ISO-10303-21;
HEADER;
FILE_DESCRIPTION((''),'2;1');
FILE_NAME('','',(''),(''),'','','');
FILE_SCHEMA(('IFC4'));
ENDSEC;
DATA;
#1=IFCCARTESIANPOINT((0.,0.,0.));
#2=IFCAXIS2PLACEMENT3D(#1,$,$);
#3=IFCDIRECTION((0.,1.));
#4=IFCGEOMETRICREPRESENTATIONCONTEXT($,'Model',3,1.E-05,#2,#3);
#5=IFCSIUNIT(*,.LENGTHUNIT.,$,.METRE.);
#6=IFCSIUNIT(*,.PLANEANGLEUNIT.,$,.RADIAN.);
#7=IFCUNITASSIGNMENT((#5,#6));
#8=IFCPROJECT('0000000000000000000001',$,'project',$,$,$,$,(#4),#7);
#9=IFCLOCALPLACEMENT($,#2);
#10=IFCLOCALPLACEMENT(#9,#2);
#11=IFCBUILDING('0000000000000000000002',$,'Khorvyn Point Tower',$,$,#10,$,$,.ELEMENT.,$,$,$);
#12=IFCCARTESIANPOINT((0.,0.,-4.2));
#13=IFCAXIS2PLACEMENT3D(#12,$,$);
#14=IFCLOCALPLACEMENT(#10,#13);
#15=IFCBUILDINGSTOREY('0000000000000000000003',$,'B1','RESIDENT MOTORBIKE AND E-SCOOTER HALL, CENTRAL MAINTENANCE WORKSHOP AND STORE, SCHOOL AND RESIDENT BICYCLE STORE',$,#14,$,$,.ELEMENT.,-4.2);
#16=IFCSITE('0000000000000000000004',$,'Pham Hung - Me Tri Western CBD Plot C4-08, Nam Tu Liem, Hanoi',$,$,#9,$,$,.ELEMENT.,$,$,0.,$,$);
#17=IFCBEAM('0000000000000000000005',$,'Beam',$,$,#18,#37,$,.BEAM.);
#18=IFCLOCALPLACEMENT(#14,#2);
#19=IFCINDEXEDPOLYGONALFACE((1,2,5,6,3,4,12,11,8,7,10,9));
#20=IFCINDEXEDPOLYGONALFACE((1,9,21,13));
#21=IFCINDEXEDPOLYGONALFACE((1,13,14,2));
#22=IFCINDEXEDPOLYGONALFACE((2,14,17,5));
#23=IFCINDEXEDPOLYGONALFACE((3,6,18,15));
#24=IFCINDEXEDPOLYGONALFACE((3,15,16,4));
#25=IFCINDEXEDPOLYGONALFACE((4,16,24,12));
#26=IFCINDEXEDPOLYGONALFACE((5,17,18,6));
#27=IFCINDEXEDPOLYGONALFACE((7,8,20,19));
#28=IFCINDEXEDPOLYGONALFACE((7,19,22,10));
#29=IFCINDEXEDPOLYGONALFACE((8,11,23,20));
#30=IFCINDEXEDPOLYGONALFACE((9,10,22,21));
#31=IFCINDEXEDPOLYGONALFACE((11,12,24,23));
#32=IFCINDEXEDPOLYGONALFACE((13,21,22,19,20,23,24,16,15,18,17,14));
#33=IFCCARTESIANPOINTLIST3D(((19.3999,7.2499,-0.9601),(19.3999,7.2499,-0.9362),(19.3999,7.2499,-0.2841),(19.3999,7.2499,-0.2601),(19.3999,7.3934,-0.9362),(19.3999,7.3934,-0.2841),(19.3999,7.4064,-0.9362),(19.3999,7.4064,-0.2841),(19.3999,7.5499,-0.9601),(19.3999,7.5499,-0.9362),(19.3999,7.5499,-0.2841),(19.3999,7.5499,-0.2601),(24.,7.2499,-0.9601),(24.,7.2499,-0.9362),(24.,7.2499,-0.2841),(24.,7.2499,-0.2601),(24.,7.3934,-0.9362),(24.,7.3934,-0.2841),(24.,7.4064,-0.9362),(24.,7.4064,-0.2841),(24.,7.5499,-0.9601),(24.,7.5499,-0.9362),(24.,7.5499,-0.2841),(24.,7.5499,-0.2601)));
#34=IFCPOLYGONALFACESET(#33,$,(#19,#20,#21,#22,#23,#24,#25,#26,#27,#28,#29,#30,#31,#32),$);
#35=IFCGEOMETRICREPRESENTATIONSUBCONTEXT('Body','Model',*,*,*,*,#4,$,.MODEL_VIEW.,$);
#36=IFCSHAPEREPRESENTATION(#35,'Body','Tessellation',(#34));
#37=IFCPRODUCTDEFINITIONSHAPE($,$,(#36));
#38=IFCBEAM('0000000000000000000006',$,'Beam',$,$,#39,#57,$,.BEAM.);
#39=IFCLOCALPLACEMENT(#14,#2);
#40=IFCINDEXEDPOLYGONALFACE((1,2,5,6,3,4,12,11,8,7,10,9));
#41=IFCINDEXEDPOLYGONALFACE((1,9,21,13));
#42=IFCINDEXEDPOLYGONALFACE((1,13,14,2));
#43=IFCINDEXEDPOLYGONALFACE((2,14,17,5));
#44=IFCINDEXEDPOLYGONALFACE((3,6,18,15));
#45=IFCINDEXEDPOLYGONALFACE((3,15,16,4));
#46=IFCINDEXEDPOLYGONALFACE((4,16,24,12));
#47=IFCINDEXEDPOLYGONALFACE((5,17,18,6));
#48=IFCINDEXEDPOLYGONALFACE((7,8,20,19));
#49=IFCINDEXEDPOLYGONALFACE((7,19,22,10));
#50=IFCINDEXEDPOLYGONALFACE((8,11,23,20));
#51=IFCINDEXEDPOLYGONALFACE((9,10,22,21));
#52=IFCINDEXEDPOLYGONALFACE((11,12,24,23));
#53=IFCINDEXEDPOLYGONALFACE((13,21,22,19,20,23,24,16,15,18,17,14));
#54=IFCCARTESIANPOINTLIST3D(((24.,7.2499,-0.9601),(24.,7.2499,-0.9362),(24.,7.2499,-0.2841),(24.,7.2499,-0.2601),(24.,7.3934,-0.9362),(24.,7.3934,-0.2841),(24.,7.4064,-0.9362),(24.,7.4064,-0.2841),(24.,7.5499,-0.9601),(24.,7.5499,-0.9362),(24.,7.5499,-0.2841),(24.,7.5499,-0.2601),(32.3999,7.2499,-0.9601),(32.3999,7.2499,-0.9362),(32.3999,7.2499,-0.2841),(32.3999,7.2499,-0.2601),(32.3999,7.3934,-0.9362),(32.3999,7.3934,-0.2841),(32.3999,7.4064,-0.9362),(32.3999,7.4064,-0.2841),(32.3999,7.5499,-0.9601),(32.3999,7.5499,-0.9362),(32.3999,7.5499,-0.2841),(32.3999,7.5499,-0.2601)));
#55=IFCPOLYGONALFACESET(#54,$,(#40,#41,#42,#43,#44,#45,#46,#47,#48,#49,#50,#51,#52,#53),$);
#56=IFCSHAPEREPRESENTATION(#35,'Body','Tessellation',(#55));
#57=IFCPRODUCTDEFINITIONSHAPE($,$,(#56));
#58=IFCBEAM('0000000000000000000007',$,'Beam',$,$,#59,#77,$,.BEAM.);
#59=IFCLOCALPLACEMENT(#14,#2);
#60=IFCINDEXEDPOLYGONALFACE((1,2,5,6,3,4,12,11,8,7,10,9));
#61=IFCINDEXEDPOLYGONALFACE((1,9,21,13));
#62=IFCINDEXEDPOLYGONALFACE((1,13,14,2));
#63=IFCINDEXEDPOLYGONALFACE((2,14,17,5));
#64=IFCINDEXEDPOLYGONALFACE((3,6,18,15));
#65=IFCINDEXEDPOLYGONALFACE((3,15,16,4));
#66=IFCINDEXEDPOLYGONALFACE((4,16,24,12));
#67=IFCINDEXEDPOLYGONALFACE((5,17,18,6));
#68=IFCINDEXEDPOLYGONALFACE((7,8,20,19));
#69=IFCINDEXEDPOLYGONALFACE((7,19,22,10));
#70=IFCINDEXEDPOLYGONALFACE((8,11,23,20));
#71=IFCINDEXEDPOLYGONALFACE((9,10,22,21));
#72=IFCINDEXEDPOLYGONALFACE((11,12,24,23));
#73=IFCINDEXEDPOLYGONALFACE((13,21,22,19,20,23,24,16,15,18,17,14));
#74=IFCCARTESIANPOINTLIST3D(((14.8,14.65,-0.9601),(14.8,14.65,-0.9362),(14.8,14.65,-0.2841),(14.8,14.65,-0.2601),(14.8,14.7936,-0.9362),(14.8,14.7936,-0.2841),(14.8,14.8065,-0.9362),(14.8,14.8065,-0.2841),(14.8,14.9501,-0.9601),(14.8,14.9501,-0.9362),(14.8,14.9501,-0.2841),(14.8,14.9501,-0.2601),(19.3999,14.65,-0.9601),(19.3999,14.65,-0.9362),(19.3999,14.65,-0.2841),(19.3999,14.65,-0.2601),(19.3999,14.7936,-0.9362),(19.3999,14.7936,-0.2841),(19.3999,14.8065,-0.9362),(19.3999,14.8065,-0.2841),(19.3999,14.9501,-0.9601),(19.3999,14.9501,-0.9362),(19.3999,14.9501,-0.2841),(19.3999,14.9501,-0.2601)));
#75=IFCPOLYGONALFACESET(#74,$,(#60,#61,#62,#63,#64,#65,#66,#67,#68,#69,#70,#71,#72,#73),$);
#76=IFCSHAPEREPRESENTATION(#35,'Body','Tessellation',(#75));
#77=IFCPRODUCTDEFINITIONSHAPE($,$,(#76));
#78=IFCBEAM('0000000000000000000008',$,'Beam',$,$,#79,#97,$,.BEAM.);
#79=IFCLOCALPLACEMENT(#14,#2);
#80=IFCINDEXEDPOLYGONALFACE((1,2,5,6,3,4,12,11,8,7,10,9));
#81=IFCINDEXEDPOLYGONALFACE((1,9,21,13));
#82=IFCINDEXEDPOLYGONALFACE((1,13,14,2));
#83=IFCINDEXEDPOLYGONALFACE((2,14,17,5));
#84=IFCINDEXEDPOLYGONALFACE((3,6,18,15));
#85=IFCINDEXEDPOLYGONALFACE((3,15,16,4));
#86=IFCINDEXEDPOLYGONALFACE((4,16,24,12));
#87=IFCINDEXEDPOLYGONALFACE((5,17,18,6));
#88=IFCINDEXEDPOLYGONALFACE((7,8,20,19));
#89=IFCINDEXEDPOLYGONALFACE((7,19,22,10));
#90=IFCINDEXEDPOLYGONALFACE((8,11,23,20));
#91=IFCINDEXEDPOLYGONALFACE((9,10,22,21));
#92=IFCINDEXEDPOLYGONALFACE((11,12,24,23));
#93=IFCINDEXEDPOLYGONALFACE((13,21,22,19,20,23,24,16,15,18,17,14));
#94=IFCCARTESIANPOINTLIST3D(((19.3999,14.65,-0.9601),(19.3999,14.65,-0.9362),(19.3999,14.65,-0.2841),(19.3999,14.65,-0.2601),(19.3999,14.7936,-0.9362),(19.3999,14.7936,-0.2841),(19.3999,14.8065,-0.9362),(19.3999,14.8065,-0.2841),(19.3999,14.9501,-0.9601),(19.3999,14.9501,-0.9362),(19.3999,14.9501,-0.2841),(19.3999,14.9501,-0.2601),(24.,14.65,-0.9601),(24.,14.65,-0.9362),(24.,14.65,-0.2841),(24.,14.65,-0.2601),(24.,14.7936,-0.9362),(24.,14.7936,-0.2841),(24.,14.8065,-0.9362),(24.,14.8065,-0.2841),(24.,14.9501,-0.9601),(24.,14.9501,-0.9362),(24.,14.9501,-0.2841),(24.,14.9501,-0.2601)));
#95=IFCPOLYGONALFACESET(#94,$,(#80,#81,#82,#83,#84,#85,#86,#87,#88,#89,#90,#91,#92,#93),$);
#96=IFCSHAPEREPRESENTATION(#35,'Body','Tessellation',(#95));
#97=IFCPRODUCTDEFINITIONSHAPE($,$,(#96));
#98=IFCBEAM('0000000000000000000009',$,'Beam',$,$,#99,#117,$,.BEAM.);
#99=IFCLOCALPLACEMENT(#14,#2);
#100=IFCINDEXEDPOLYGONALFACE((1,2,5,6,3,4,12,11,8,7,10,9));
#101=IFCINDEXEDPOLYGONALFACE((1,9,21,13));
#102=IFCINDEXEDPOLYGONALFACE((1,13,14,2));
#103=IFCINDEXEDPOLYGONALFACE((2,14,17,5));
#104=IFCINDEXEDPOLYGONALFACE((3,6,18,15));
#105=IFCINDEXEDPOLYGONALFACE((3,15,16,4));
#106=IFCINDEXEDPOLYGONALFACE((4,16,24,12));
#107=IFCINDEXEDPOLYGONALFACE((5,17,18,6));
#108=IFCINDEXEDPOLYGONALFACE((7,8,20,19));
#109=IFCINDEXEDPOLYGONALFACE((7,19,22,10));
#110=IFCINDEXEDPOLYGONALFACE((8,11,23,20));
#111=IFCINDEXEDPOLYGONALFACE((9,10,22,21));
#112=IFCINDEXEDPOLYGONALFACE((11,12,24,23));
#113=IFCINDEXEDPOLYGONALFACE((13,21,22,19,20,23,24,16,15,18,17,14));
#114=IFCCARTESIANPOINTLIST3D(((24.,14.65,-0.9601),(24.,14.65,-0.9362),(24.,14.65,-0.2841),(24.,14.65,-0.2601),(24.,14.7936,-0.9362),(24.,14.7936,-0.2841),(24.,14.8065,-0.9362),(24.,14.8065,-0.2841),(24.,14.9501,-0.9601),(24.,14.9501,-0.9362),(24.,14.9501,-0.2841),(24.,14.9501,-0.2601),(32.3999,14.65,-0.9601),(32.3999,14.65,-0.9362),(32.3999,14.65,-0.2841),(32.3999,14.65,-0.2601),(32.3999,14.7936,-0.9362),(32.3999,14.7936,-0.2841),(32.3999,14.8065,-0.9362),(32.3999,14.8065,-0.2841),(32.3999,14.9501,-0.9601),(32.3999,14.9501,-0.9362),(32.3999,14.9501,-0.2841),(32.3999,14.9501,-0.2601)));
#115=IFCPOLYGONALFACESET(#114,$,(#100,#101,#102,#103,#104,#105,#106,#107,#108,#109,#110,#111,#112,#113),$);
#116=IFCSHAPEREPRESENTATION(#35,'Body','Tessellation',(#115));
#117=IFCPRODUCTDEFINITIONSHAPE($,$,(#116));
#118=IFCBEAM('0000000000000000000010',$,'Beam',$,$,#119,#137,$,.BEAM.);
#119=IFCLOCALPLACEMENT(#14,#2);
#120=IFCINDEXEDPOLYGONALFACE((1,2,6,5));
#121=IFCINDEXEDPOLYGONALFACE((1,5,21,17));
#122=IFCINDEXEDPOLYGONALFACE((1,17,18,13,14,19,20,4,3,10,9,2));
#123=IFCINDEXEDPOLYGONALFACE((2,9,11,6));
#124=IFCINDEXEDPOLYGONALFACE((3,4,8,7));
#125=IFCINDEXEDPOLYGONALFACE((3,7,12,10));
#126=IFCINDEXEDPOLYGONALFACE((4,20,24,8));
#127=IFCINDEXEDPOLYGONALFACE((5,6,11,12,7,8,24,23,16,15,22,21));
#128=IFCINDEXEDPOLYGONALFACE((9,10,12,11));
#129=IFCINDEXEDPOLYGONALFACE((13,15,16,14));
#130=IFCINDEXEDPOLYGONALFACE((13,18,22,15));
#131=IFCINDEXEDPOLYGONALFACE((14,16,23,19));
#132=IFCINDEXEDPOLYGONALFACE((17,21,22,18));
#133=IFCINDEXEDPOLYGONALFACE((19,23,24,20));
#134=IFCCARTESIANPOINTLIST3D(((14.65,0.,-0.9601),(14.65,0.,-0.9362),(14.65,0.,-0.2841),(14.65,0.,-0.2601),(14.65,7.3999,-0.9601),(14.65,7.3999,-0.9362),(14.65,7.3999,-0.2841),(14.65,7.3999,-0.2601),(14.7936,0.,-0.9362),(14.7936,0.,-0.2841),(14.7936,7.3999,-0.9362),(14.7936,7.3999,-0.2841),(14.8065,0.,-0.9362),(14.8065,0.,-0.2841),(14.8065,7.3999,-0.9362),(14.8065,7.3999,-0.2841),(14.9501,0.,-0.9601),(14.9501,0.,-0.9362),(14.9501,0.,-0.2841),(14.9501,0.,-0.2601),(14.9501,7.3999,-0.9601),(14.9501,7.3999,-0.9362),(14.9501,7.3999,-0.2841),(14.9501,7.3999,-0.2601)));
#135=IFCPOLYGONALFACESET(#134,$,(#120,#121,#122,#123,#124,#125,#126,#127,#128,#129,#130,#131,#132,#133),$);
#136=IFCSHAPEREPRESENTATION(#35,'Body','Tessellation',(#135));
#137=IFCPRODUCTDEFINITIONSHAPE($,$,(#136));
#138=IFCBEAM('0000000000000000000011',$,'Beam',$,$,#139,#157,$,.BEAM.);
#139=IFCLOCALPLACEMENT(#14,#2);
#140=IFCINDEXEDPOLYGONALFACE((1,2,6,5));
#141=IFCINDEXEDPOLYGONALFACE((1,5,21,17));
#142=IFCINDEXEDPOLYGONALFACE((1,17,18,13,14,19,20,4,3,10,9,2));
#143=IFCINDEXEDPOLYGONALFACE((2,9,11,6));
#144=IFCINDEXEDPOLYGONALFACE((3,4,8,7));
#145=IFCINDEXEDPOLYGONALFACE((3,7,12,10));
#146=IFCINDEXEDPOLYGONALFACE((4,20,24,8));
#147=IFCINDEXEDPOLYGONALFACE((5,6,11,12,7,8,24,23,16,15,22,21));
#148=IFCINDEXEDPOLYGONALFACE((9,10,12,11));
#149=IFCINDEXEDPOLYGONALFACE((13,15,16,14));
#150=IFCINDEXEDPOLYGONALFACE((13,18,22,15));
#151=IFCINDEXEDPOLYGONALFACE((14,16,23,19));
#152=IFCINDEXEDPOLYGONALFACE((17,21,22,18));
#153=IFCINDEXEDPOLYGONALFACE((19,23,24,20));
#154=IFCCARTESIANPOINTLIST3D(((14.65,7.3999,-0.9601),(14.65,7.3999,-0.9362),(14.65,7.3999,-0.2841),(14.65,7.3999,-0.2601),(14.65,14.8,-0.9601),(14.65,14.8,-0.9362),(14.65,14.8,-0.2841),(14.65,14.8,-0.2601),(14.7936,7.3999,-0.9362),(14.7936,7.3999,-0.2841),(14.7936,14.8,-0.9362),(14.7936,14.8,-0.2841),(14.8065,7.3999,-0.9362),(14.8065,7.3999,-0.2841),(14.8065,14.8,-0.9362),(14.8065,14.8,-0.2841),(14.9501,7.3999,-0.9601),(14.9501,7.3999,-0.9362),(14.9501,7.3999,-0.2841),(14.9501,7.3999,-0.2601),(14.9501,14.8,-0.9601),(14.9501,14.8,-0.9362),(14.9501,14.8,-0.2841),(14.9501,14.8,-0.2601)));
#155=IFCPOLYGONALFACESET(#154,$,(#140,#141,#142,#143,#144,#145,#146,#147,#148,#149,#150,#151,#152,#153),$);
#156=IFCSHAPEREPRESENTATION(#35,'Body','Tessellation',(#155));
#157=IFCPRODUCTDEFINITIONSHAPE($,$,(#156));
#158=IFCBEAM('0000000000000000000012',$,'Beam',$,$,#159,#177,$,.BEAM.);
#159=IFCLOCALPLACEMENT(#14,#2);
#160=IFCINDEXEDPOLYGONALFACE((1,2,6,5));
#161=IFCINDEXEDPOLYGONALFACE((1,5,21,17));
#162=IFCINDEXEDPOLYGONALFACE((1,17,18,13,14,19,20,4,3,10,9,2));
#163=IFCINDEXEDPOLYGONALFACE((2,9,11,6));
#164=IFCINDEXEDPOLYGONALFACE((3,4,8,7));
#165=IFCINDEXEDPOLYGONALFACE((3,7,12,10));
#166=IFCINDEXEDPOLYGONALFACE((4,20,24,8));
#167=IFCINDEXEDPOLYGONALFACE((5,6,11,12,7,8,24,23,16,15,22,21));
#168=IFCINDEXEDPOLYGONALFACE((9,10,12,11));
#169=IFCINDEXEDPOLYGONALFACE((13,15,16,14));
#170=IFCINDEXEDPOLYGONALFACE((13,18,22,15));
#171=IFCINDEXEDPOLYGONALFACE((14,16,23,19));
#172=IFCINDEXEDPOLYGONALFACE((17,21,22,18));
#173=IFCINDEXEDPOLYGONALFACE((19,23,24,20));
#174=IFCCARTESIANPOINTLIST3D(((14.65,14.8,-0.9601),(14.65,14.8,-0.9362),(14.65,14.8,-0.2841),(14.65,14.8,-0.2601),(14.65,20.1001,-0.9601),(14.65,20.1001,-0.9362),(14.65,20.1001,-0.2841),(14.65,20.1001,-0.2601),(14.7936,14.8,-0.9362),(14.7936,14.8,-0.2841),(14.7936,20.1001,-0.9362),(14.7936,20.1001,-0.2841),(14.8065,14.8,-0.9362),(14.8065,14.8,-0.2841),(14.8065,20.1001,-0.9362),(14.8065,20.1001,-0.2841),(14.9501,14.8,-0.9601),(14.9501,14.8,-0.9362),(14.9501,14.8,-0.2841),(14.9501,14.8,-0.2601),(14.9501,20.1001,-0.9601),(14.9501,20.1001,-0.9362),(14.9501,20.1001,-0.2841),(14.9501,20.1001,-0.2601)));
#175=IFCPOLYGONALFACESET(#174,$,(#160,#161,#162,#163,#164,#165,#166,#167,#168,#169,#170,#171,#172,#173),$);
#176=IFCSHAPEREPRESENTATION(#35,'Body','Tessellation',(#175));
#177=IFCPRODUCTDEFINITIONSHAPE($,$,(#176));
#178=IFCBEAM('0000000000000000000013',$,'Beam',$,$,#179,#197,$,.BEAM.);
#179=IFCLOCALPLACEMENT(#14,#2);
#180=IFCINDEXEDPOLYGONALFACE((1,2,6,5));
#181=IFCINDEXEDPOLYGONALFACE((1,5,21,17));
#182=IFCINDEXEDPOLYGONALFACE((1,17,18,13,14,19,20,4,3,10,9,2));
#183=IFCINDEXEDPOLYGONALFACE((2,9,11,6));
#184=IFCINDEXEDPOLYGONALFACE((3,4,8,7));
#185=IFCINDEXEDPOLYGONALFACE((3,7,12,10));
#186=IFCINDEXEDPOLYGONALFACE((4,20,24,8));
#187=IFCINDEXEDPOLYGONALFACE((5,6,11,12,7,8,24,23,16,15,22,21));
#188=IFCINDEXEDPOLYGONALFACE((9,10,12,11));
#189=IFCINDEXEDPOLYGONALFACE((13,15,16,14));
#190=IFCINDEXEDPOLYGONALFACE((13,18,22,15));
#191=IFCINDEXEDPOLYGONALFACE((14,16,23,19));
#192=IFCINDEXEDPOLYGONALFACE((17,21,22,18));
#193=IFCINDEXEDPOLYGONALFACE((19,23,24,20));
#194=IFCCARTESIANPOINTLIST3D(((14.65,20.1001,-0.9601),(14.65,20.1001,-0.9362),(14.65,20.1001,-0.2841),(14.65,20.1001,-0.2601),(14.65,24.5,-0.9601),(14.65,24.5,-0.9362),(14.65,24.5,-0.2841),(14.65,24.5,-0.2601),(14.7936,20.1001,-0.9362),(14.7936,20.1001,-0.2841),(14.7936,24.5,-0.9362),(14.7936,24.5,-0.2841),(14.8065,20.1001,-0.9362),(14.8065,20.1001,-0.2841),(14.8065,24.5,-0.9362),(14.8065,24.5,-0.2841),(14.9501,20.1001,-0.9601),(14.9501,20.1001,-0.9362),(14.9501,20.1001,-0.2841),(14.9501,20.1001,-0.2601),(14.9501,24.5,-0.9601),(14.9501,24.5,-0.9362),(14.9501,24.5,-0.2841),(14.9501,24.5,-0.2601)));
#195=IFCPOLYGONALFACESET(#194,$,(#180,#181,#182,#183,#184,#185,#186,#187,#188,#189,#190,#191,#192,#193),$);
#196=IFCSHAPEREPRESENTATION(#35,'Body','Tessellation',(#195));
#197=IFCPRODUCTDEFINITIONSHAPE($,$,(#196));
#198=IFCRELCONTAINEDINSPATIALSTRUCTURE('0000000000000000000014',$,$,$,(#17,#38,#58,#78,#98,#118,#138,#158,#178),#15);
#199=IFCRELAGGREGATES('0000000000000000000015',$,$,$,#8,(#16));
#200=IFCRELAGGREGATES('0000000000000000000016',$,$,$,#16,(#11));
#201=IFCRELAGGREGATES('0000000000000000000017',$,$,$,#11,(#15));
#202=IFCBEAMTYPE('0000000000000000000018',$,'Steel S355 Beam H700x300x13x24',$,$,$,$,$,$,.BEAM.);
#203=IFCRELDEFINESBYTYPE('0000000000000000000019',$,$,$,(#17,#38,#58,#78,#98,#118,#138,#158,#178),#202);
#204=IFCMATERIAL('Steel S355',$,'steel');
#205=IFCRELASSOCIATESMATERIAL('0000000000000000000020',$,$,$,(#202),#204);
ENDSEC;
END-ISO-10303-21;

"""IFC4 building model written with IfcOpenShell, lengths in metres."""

from ifc_helpers import new_model, si_unit, direction, frame, origin, origin_2d, place, context, subcontext, project, spatial, i_section, extrude, material, material_profile, profile_set, type_object, element, save


model = new_model("IFC4")

# Units and contexts
model_context = context("Model", 3, precision=1e-05, world=origin(), true_north=direction((0.0, 1.0)))
body_context = subcontext(model_context, "Body", "Model", "MODEL_VIEW")
ifc_project = project(units=[si_unit("LENGTHUNIT", "METRE"), si_unit("PLANEANGLEUNIT", "RADIAN")], contexts=[model_context])

# Site, building, storey
site_placement = place(None, origin())
site = spatial("IfcSite", under=ifc_project, at=site_placement, Name="Pham Hung - Me Tri Western CBD Plot C4-08, Nam Tu Liem, Hanoi", CompositionType="ELEMENT", RefElevation=0.0)
building_placement = place(site_placement, origin())
building = spatial("IfcBuilding", under=site, at=building_placement, Name="Khorvyn Point Tower", CompositionType="ELEMENT")
storey_placement = place(building_placement, frame((0.0, 0.0, -4.2)))
storey = spatial("IfcBuildingStorey", under=building, at=storey_placement, Name="B1", Description="RESIDENT MOTORBIKE AND E-SCOOTER HALL, CENTRAL MAINTENANCE WORKSHOP AND STORE, SCHOOL AND RESIDENT BICYCLE STORE", CompositionType="ELEMENT", Elevation=-4.2)

# Beams
ifc_material_1 = material(Name="Steel S355", Category="steel")
ifc_material_profile_1 = material_profile(ifc_material_1, i_section(OverallWidth=0.3, OverallDepth=0.7, WebThickness=0.0129, FlangeThickness=0.0239, at=origin_2d()))
ifc_profile_set_1 = profile_set([ifc_material_profile_1], Name="Steel S355 H700x300x13x24")
beam_type_1 = type_object("IfcBeamType", Name="Steel S355 Beam H700x300x13x24", PredefinedType="BEAM", material=ifc_profile_set_1)
beam_1_placement = place(storey_placement, frame((19.3999, 7.3999, -0.6101), z_axis=(1.0, 0.0, 0.0), x_axis=(0.0, 1.0, 0.0)))
element("IfcBeam", 1, at=beam_1_placement, inside=storey, type_object=beam_type_1, Name="Beam", PredefinedType="BEAM", context=body_context, shape_type="SweptSolid", body=[
    extrude(i_section(OverallWidth=0.3, OverallDepth=0.7, WebThickness=0.0129, FlangeThickness=0.0239, at=origin_2d()), origin(), (0.0, 0.0, 1.0), 4.6001),
])
beam_2_placement = place(storey_placement, frame((24.0, 7.3999, -0.6101), z_axis=(1.0, 0.0, 0.0), x_axis=(0.0, 1.0, 0.0)))
element("IfcBeam", 2, at=beam_2_placement, inside=storey, type_object=beam_type_1, Name="Beam", PredefinedType="BEAM", context=body_context, shape_type="SweptSolid", body=[
    extrude(i_section(OverallWidth=0.3, OverallDepth=0.7, WebThickness=0.0129, FlangeThickness=0.0239, at=origin_2d()), origin(), (0.0, 0.0, 1.0), 8.3999),
])
beam_3_placement = place(storey_placement, frame((14.8, 14.8, -0.6101), z_axis=(1.0, 0.0, 0.0), x_axis=(0.0, 1.0, 0.0)))
element("IfcBeam", 3, at=beam_3_placement, inside=storey, type_object=beam_type_1, Name="Beam", PredefinedType="BEAM", context=body_context, shape_type="SweptSolid", body=[
    extrude(i_section(OverallWidth=0.3, OverallDepth=0.7, WebThickness=0.0129, FlangeThickness=0.0239, at=origin_2d()), origin(), (0.0, 0.0, 1.0), 4.5999),
])
beam_4_placement = place(storey_placement, frame((19.3999, 14.8, -0.6101), z_axis=(1.0, 0.0, 0.0), x_axis=(0.0, 1.0, 0.0)))
element("IfcBeam", 4, at=beam_4_placement, inside=storey, type_object=beam_type_1, Name="Beam", PredefinedType="BEAM", context=body_context, shape_type="SweptSolid", body=[
    extrude(i_section(OverallWidth=0.3, OverallDepth=0.7, WebThickness=0.0129, FlangeThickness=0.0239, at=origin_2d()), origin(), (0.0, 0.0, 1.0), 4.6001),
])
beam_5_placement = place(storey_placement, frame((24.0, 14.8, -0.6101), z_axis=(1.0, 0.0, 0.0), x_axis=(0.0, 1.0, 0.0)))
element("IfcBeam", 5, at=beam_5_placement, inside=storey, type_object=beam_type_1, Name="Beam", PredefinedType="BEAM", context=body_context, shape_type="SweptSolid", body=[
    extrude(i_section(OverallWidth=0.3, OverallDepth=0.7, WebThickness=0.0129, FlangeThickness=0.0239, at=origin_2d()), origin(), (0.0, 0.0, 1.0), 8.3999),
])
beam_6_placement = place(storey_placement, frame((14.8, 0.0, -0.6101), z_axis=(0.0, 1.0, 0.0), x_axis=(-1.0, 0.0, 0.0)))
element("IfcBeam", 6, at=beam_6_placement, inside=storey, type_object=beam_type_1, Name="Beam", PredefinedType="BEAM", context=body_context, shape_type="SweptSolid", body=[
    extrude(i_section(OverallWidth=0.3, OverallDepth=0.7, WebThickness=0.0129, FlangeThickness=0.0239, at=origin_2d()), origin(), (0.0, 0.0, 1.0), 7.3999),
])
beam_7_placement = place(storey_placement, frame((14.8, 7.3999, -0.6101), z_axis=(0.0, 1.0, 0.0), x_axis=(-1.0, 0.0, 0.0)))
element("IfcBeam", 7, at=beam_7_placement, inside=storey, type_object=beam_type_1, Name="Beam", PredefinedType="BEAM", context=body_context, shape_type="SweptSolid", body=[
    extrude(i_section(OverallWidth=0.3, OverallDepth=0.7, WebThickness=0.0129, FlangeThickness=0.0239, at=origin_2d()), origin(), (0.0, 0.0, 1.0), 7.4001),
])
beam_8_placement = place(storey_placement, frame((14.8, 14.8, -0.6101), z_axis=(0.0, 1.0, 0.0), x_axis=(-1.0, 0.0, 0.0)))
element("IfcBeam", 8, at=beam_8_placement, inside=storey, type_object=beam_type_1, Name="Beam", PredefinedType="BEAM", context=body_context, shape_type="SweptSolid", body=[
    extrude(i_section(OverallWidth=0.3, OverallDepth=0.7, WebThickness=0.0129, FlangeThickness=0.0239, at=origin_2d()), origin(), (0.0, 0.0, 1.0), 5.3),
])
beam_9_placement = place(storey_placement, frame((14.8, 20.1001, -0.6101), z_axis=(0.0, 1.0, 0.0), x_axis=(-1.0, 0.0, 0.0)))
element("IfcBeam", 9, at=beam_9_placement, inside=storey, type_object=beam_type_1, Name="Beam", PredefinedType="BEAM", context=body_context, shape_type="SweptSolid", body=[
    extrude(i_section(OverallWidth=0.3, OverallDepth=0.7, WebThickness=0.0129, FlangeThickness=0.0239, at=origin_2d()), origin(), (0.0, 0.0, 1.0), 4.3999),
])

save(model, "model.ifc")
